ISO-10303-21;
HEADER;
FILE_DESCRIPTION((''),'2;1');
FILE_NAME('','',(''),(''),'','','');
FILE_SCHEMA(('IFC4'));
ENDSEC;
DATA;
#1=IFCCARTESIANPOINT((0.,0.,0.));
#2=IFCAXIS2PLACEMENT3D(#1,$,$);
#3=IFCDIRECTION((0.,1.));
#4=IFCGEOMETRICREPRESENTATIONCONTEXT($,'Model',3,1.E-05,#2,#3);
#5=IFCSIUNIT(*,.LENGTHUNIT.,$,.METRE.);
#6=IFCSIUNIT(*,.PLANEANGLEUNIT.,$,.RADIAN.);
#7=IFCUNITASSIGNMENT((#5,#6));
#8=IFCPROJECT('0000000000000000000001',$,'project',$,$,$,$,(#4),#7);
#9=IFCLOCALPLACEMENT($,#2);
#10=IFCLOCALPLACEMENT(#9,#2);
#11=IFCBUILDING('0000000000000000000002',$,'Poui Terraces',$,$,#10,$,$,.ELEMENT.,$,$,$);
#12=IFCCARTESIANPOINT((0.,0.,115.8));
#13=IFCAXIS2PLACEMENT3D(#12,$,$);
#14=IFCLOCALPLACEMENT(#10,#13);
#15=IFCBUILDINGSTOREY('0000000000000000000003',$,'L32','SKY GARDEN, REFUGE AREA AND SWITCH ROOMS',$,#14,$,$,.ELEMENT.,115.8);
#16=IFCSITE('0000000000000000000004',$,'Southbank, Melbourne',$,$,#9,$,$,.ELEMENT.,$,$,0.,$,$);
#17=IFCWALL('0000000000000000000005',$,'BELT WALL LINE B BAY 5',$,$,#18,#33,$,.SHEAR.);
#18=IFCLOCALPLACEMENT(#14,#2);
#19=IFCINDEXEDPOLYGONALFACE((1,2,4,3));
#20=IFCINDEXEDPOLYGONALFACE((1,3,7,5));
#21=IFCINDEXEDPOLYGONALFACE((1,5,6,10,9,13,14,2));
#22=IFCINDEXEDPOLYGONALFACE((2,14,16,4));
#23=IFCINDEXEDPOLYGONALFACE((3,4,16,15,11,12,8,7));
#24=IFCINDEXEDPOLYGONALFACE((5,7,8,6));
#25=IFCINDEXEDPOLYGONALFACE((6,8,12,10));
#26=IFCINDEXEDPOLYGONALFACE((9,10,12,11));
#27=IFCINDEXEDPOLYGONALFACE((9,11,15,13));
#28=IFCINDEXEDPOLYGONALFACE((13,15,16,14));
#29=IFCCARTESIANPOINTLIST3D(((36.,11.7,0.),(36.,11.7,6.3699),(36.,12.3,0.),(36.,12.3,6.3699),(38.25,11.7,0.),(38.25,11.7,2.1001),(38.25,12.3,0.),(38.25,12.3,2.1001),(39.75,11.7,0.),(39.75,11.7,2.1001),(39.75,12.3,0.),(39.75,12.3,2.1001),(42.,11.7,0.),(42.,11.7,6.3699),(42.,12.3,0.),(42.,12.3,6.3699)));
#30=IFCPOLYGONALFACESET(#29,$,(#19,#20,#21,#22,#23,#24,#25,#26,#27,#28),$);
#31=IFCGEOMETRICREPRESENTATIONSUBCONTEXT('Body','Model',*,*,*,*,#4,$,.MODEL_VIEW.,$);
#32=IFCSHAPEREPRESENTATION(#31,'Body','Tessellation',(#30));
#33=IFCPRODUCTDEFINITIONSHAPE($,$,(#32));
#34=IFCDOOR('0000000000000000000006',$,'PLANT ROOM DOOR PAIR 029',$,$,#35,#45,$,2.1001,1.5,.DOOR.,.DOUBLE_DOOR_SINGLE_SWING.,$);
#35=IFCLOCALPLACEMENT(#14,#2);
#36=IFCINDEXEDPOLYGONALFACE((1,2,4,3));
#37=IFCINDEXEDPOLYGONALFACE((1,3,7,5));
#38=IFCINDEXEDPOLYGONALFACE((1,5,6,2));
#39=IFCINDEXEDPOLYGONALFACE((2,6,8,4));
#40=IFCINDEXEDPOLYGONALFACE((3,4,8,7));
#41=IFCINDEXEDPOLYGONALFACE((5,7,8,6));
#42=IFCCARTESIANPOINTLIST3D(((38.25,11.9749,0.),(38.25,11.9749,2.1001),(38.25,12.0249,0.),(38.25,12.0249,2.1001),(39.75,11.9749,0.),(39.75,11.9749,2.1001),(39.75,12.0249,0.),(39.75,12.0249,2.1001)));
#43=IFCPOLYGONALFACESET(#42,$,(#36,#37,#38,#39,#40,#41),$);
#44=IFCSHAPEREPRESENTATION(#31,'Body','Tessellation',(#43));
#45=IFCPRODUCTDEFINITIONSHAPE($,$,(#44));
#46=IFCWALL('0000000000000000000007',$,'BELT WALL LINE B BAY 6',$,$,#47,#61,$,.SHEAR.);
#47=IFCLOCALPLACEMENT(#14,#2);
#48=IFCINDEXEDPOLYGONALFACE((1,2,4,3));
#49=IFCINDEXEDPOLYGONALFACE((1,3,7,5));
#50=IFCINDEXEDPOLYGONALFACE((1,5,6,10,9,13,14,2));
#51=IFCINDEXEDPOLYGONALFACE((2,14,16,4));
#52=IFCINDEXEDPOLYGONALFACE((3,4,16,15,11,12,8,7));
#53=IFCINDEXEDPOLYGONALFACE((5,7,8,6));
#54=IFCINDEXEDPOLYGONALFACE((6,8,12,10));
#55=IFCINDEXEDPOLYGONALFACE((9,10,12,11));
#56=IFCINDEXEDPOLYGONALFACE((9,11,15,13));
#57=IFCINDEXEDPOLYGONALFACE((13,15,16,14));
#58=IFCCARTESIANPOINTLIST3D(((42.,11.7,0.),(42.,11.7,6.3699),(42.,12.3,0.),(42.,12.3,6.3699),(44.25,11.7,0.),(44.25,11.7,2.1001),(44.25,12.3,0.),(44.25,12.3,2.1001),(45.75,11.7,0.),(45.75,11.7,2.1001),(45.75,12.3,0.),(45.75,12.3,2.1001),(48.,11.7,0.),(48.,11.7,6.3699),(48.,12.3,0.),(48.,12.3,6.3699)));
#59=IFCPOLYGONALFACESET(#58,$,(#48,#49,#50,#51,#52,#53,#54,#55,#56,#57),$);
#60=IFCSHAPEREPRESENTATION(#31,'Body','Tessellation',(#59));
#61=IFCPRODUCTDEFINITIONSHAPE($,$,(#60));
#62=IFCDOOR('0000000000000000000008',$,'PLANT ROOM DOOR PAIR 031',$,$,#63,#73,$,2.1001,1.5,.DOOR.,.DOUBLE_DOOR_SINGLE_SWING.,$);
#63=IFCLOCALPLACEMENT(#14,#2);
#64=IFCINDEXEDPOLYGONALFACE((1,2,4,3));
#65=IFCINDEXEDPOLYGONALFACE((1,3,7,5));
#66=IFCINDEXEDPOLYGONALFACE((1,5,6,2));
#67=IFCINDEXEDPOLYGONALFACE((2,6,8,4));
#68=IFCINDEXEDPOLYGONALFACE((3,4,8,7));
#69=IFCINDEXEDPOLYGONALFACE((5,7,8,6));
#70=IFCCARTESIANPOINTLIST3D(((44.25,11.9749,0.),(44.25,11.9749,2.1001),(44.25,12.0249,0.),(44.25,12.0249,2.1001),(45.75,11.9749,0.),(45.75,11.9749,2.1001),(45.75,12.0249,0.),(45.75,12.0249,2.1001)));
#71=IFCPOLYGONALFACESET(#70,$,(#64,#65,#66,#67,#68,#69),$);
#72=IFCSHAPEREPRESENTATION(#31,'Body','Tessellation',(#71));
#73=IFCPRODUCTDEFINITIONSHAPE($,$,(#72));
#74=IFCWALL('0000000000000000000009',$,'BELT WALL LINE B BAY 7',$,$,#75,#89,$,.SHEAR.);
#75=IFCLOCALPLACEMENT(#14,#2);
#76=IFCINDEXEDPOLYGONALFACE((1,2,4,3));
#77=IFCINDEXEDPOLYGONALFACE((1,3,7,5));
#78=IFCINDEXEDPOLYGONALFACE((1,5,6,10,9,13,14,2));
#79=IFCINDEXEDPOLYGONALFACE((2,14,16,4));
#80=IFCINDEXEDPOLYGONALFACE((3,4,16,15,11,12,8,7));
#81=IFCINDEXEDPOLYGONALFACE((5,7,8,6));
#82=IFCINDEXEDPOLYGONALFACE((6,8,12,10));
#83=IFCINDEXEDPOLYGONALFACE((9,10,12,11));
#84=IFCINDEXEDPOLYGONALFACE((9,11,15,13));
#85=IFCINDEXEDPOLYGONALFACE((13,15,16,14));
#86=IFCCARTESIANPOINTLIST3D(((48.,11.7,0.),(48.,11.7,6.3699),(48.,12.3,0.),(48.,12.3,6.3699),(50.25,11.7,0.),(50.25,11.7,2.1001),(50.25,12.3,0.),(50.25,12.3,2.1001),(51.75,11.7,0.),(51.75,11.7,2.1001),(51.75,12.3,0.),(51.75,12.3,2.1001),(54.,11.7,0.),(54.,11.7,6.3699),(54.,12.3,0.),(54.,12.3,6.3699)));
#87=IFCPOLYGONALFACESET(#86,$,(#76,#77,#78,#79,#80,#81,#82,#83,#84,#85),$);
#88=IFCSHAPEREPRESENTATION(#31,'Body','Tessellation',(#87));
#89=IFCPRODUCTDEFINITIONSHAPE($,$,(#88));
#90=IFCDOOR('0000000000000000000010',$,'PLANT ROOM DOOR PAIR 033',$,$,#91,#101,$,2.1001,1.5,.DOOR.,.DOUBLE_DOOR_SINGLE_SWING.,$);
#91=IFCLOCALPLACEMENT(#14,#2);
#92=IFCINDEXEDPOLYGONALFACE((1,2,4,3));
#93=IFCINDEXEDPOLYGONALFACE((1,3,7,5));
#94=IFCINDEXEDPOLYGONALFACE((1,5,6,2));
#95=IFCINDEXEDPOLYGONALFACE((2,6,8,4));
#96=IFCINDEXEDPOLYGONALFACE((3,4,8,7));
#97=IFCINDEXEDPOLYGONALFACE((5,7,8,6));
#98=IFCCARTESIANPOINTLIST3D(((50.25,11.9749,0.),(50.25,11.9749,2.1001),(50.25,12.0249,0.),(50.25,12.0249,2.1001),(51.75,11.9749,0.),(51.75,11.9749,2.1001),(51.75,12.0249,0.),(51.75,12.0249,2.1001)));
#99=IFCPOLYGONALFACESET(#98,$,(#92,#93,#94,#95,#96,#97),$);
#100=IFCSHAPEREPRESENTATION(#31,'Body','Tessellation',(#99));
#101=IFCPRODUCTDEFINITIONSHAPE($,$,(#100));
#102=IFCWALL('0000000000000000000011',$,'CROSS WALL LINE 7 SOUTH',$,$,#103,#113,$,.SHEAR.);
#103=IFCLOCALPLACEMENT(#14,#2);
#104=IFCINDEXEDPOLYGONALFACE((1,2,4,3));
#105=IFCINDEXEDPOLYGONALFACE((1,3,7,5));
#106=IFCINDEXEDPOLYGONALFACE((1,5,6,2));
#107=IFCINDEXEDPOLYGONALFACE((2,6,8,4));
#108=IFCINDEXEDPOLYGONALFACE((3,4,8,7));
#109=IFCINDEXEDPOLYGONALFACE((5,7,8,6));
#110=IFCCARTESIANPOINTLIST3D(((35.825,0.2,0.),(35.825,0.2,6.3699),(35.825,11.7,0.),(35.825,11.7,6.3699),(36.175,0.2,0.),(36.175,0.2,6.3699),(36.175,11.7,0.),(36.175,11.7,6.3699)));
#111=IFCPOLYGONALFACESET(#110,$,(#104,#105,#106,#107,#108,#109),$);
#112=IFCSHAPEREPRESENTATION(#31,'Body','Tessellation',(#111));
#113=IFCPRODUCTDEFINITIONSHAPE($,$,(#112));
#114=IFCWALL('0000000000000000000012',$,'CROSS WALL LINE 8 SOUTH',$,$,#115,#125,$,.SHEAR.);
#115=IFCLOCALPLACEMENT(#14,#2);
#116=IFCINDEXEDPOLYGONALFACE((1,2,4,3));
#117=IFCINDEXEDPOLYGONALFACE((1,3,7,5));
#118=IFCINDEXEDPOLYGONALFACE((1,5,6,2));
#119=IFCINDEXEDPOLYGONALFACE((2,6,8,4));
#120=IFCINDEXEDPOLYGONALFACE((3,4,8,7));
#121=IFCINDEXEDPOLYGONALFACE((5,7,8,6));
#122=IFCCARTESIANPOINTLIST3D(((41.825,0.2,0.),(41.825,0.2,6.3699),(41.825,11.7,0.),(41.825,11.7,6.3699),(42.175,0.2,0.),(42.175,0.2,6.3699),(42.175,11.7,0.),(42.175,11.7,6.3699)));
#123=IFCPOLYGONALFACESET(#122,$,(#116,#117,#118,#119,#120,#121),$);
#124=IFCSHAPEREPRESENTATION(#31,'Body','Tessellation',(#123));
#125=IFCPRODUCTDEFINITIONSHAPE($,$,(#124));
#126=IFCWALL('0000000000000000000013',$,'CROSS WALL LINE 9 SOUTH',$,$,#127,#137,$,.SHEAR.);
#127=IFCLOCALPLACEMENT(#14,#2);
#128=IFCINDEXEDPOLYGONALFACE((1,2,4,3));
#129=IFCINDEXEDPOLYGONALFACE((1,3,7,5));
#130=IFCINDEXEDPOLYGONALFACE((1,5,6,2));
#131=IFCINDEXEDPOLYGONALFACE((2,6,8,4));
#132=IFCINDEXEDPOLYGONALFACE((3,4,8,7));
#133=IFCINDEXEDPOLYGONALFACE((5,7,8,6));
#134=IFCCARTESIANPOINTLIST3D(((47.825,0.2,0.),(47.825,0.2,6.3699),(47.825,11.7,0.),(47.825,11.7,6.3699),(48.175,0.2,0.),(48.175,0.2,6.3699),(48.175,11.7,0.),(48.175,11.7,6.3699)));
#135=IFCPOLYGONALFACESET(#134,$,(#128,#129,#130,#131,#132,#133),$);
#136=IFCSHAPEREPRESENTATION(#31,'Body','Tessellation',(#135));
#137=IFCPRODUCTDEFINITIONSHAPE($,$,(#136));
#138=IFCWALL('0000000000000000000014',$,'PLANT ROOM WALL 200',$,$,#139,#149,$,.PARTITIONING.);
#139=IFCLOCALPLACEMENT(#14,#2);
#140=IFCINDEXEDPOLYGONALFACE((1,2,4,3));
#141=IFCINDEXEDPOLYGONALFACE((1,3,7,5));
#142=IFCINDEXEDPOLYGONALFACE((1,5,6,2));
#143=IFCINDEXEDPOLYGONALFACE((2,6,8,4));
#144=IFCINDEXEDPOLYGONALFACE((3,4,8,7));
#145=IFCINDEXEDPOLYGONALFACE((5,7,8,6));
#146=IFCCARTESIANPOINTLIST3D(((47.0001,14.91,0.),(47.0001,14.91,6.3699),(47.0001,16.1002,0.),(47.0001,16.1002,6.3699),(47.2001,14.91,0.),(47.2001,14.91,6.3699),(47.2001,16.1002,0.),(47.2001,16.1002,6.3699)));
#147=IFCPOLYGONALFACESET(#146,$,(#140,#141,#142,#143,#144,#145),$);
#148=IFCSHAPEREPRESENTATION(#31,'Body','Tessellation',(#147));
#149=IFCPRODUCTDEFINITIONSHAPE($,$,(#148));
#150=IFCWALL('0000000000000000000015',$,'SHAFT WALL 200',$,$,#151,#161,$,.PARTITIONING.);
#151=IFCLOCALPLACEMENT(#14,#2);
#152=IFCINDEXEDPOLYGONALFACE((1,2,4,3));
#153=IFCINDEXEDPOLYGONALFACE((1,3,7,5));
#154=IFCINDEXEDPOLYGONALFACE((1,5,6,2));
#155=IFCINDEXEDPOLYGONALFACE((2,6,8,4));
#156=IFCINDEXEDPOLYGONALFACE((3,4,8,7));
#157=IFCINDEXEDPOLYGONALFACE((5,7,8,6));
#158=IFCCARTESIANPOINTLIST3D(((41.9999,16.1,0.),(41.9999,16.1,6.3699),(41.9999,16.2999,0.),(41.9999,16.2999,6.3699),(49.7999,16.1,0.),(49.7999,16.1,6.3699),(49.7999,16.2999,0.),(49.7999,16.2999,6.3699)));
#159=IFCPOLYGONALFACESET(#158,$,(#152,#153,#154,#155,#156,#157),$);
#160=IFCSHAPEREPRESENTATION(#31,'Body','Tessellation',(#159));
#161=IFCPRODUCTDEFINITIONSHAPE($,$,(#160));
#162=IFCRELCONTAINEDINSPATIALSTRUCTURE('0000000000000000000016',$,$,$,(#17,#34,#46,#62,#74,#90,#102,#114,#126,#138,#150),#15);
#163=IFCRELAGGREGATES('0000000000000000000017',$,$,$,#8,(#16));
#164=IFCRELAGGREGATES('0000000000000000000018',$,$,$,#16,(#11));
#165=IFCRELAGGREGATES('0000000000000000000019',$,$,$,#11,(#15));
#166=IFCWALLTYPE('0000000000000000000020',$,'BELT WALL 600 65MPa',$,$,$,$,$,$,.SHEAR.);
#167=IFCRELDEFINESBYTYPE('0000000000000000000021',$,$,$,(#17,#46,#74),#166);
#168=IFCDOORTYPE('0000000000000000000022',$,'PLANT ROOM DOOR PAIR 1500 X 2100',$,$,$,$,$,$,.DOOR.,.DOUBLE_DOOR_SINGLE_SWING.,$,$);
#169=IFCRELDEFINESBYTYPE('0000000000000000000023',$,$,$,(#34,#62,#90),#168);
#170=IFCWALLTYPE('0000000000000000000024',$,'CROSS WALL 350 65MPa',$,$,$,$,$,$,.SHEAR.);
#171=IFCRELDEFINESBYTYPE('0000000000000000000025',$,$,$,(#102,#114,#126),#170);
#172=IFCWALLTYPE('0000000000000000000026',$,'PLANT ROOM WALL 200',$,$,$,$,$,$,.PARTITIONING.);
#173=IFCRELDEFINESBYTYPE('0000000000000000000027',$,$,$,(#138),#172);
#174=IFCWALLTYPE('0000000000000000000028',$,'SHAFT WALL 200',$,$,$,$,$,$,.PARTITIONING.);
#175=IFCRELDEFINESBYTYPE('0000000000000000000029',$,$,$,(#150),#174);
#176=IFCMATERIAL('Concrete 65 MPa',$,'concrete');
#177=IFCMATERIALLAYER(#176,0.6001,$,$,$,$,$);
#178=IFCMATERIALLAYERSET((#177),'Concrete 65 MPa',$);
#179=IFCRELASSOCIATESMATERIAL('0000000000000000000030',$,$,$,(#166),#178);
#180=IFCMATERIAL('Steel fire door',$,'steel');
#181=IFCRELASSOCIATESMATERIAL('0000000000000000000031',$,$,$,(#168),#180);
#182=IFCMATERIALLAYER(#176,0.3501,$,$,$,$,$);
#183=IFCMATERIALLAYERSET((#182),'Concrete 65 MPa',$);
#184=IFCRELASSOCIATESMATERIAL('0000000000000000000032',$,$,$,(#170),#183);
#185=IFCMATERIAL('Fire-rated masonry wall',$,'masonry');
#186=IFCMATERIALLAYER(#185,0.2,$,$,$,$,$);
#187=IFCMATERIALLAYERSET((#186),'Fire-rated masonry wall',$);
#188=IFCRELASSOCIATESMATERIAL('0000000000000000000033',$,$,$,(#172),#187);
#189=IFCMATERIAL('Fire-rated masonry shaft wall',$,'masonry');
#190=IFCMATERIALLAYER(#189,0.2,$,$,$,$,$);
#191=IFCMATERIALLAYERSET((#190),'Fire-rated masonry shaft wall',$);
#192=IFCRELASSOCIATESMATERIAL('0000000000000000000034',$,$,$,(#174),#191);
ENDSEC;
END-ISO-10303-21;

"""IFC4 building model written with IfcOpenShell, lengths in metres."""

from ifc_helpers import new_model, si_unit, direction, frame, frame_2d, origin, place, context, subcontext, project, spatial, rectangle, extrude, material, layer, layer_set, type_object, element, fill, save


model = new_model("IFC4")

# Units and contexts
model_context = context("Model", 3, precision=1e-05, world=origin(), true_north=direction((0.0, 1.0)))
body_context = subcontext(model_context, "Body", "Model", "MODEL_VIEW")
ifc_project = project(units=[si_unit("LENGTHUNIT", "METRE"), si_unit("PLANEANGLEUNIT", "RADIAN")], contexts=[model_context])

# Site, building, storey
site_placement = place(None, origin())
site = spatial("IfcSite", under=ifc_project, at=site_placement, Name="Southbank, Melbourne", CompositionType="ELEMENT", RefElevation=0.0)
building_placement = place(site_placement, origin())
building = spatial("IfcBuilding", under=site, at=building_placement, Name="Poui Terraces", CompositionType="ELEMENT")
storey_placement = place(building_placement, frame((0.0, 0.0, 115.8)))
storey = spatial("IfcBuildingStorey", under=building, at=storey_placement, Name="L32", Description="SKY GARDEN, REFUGE AREA AND SWITCH ROOMS", CompositionType="ELEMENT", Elevation=115.8)

# Walls, openings, doors
ifc_material_1 = material(Name="Concrete 65 MPa", Category="concrete")
ifc_layer_1 = layer(ifc_material_1, 0.6001)
ifc_layer_set_1 = layer_set([ifc_layer_1], Name="Concrete 65 MPa")
wall_type_1 = type_object("IfcWallType", Name="BELT WALL 600 65MPa", PredefinedType="SHEAR", material=ifc_layer_set_1)
wall_1_placement = place(storey_placement, frame((36.0, 12.0, 0.0), z_axis=(0.0, 0.0, 1.0), x_axis=(1.0, 0.0, 0.0)))
wall_1 = element("IfcWall", 1, at=wall_1_placement, inside=storey, type_object=wall_type_1, Name="BELT WALL LINE B BAY 5", PredefinedType="SHEAR", context=body_context, shape_type="SweptSolid", body=[
    extrude(rectangle(XDim=6.0, YDim=0.6001, at=frame_2d((3.0, 0.0))), origin(), (0.0, 0.0, 1.0), 6.3699),
])
opening_1_placement = place(wall_1_placement, frame((2.25, 0.0, 0.0)))
opening_1 = element("IfcOpeningElement", 2, at=opening_1_placement, cuts=wall_1, PredefinedType="OPENING", context=body_context, shape_type="SweptSolid", body=[
    extrude(rectangle(XDim=1.5, YDim=2.1001, at=frame_2d((0.75, 1.05))), frame((0.0, 0.3101, 0.0), z_axis=(0.0, -1.0, 0.0), x_axis=(1.0, 0.0, 0.0)), (0.0, 0.0, 1.0), 0.6201),
])
ifc_material_2 = material(Name="Steel fire door", Category="steel")
door_type_1 = type_object("IfcDoorType", Name="PLANT ROOM DOOR PAIR 1500 X 2100", OperationType="DOUBLE_DOOR_SINGLE_SWING", PredefinedType="DOOR", material=ifc_material_2)
door_1_placement = place(opening_1_placement, origin())
door_1 = element("IfcDoor", 3, at=door_1_placement, inside=storey, type_object=door_type_1, Name="PLANT ROOM DOOR PAIR 029", OperationType="DOUBLE_DOOR_SINGLE_SWING", OverallHeight=2.1001, OverallWidth=1.5, PredefinedType="DOOR", context=body_context, shape_type="SweptSolid", body=[
    extrude(rectangle(XDim=1.5, YDim=2.1001, at=frame_2d((0.75, 1.05))), frame((0.0, 0.0249, 0.0), z_axis=(0.0, -1.0, 0.0), x_axis=(1.0, 0.0, 0.0)), (0.0, 0.0, 1.0), 0.05),
])
fill(opening_1, door_1)
wall_2_placement = place(storey_placement, frame((42.0, 12.0, 0.0), z_axis=(0.0, 0.0, 1.0), x_axis=(1.0, 0.0, 0.0)))
wall_2 = element("IfcWall", 4, at=wall_2_placement, inside=storey, type_object=wall_type_1, Name="BELT WALL LINE B BAY 6", PredefinedType="SHEAR", context=body_context, shape_type="SweptSolid", body=[
    extrude(rectangle(XDim=6.0, YDim=0.6001, at=frame_2d((3.0, 0.0))), origin(), (0.0, 0.0, 1.0), 6.3699),
])
opening_2_placement = place(wall_2_placement, frame((2.25, 0.0, 0.0)))
opening_2 = element("IfcOpeningElement", 5, at=opening_2_placement, cuts=wall_2, PredefinedType="OPENING", context=body_context, shape_type="SweptSolid", body=[
    extrude(rectangle(XDim=1.5, YDim=2.1001, at=frame_2d((0.75, 1.05))), frame((0.0, 0.3101, 0.0), z_axis=(0.0, -1.0, 0.0), x_axis=(1.0, 0.0, 0.0)), (0.0, 0.0, 1.0), 0.6201),
])
door_2_placement = place(opening_2_placement, origin())
door_2 = element("IfcDoor", 6, at=door_2_placement, inside=storey, type_object=door_type_1, Name="PLANT ROOM DOOR PAIR 031", OperationType="DOUBLE_DOOR_SINGLE_SWING", OverallHeight=2.1001, OverallWidth=1.5, PredefinedType="DOOR", context=body_context, shape_type="SweptSolid", body=[
    extrude(rectangle(XDim=1.5, YDim=2.1001, at=frame_2d((0.75, 1.05))), frame((0.0, 0.0249, 0.0), z_axis=(0.0, -1.0, 0.0), x_axis=(1.0, 0.0, 0.0)), (0.0, 0.0, 1.0), 0.05),
])
fill(opening_2, door_2)
wall_3_placement = place(storey_placement, frame((48.0, 12.0, 0.0), z_axis=(0.0, 0.0, 1.0), x_axis=(1.0, 0.0, 0.0)))
wall_3 = element("IfcWall", 7, at=wall_3_placement, inside=storey, type_object=wall_type_1, Name="BELT WALL LINE B BAY 7", PredefinedType="SHEAR", context=body_context, shape_type="SweptSolid", body=[
    extrude(rectangle(XDim=6.0, YDim=0.6001, at=frame_2d((3.0, 0.0))), origin(), (0.0, 0.0, 1.0), 6.3699),
])
opening_3_placement = place(wall_3_placement, frame((2.25, 0.0, 0.0)))
opening_3 = element("IfcOpeningElement", 8, at=opening_3_placement, cuts=wall_3, PredefinedType="OPENING", context=body_context, shape_type="SweptSolid", body=[
    extrude(rectangle(XDim=1.5, YDim=2.1001, at=frame_2d((0.75, 1.05))), frame((0.0, 0.3101, 0.0), z_axis=(0.0, -1.0, 0.0), x_axis=(1.0, 0.0, 0.0)), (0.0, 0.0, 1.0), 0.6201),
])
door_3_placement = place(opening_3_placement, origin())
door_3 = element("IfcDoor", 9, at=door_3_placement, inside=storey, type_object=door_type_1, Name="PLANT ROOM DOOR PAIR 033", OperationType="DOUBLE_DOOR_SINGLE_SWING", OverallHeight=2.1001, OverallWidth=1.5, PredefinedType="DOOR", context=body_context, shape_type="SweptSolid", body=[
    extrude(rectangle(XDim=1.5, YDim=2.1001, at=frame_2d((0.75, 1.05))), frame((0.0, 0.0249, 0.0), z_axis=(0.0, -1.0, 0.0), x_axis=(1.0, 0.0, 0.0)), (0.0, 0.0, 1.0), 0.05),
])
fill(opening_3, door_3)

# Walls
ifc_layer_2 = layer(ifc_material_1, 0.3501)
ifc_layer_set_2 = layer_set([ifc_layer_2], Name="Concrete 65 MPa")
wall_type_2 = type_object("IfcWallType", Name="CROSS WALL 350 65MPa", PredefinedType="SHEAR", material=ifc_layer_set_2)
for number, where, z_axis, x_axis, name in (
    (10, (36.0, 0.2, 0.0), (0.0, 0.0, 1.0), (0.0, 1.0, 0.0), "CROSS WALL LINE 7 SOUTH"),
    (11, (42.0, 0.2, 0.0), (0.0, 0.0, 1.0), (0.0, 1.0, 0.0), "CROSS WALL LINE 8 SOUTH"),
    (12, (48.0, 0.2, 0.0), (0.0, 0.0, 1.0), (0.0, 1.0, 0.0), "CROSS WALL LINE 9 SOUTH"),
):
    element("IfcWall", number, at=place(storey_placement, frame(where, z_axis=z_axis, x_axis=x_axis)), inside=storey, type_object=wall_type_2, Name=name, PredefinedType="SHEAR", context=body_context, shape_type="SweptSolid", body=[
        extrude(rectangle(XDim=11.5, YDim=0.3501, at=frame_2d((5.75, 0.0))), origin(), (0.0, 0.0, 1.0), 6.3699),
    ])
ifc_material_3 = material(Name="Fire-rated masonry wall", Category="masonry")
ifc_layer_3 = layer(ifc_material_3, 0.2)
ifc_layer_set_3 = layer_set([ifc_layer_3], Name="Fire-rated masonry wall")
wall_type_3 = type_object("IfcWallType", Name="PLANT ROOM WALL 200", PredefinedType="PARTITIONING", material=ifc_layer_set_3)
wall_4_placement = place(storey_placement, frame((47.1001, 14.9099, 0.0), z_axis=(0.0, 0.0, 1.0), x_axis=(0.0, 1.0, 0.0)))
element("IfcWall", 13, at=wall_4_placement, inside=storey, type_object=wall_type_3, Name="PLANT ROOM WALL 200", PredefinedType="PARTITIONING", context=body_context, shape_type="SweptSolid", body=[
    extrude(rectangle(XDim=1.1902, YDim=0.2, at=frame_2d((0.5952, 0.0))), origin(), (0.0, 0.0, 1.0), 6.3699),
])
ifc_material_4 = material(Name="Fire-rated masonry shaft wall", Category="masonry")
ifc_layer_4 = layer(ifc_material_4, 0.2)
ifc_layer_set_4 = layer_set([ifc_layer_4], Name="Fire-rated masonry shaft wall")
wall_type_4 = type_object("IfcWallType", Name="SHAFT WALL 200", PredefinedType="PARTITIONING", material=ifc_layer_set_4)
wall_5_placement = place(storey_placement, frame((42.0, 16.2, 0.0), z_axis=(0.0, 0.0, 1.0), x_axis=(1.0, 0.0, 0.0)))
element("IfcWall", 14, at=wall_5_placement, inside=storey, type_object=wall_type_4, Name="SHAFT WALL 200", PredefinedType="PARTITIONING", context=body_context, shape_type="SweptSolid", body=[
    extrude(rectangle(XDim=7.8, YDim=0.2, at=frame_2d((3.8999, 0.0))), origin(), (0.0, 0.0, 1.0), 6.3699),
])

save(model, "model.ifc")
